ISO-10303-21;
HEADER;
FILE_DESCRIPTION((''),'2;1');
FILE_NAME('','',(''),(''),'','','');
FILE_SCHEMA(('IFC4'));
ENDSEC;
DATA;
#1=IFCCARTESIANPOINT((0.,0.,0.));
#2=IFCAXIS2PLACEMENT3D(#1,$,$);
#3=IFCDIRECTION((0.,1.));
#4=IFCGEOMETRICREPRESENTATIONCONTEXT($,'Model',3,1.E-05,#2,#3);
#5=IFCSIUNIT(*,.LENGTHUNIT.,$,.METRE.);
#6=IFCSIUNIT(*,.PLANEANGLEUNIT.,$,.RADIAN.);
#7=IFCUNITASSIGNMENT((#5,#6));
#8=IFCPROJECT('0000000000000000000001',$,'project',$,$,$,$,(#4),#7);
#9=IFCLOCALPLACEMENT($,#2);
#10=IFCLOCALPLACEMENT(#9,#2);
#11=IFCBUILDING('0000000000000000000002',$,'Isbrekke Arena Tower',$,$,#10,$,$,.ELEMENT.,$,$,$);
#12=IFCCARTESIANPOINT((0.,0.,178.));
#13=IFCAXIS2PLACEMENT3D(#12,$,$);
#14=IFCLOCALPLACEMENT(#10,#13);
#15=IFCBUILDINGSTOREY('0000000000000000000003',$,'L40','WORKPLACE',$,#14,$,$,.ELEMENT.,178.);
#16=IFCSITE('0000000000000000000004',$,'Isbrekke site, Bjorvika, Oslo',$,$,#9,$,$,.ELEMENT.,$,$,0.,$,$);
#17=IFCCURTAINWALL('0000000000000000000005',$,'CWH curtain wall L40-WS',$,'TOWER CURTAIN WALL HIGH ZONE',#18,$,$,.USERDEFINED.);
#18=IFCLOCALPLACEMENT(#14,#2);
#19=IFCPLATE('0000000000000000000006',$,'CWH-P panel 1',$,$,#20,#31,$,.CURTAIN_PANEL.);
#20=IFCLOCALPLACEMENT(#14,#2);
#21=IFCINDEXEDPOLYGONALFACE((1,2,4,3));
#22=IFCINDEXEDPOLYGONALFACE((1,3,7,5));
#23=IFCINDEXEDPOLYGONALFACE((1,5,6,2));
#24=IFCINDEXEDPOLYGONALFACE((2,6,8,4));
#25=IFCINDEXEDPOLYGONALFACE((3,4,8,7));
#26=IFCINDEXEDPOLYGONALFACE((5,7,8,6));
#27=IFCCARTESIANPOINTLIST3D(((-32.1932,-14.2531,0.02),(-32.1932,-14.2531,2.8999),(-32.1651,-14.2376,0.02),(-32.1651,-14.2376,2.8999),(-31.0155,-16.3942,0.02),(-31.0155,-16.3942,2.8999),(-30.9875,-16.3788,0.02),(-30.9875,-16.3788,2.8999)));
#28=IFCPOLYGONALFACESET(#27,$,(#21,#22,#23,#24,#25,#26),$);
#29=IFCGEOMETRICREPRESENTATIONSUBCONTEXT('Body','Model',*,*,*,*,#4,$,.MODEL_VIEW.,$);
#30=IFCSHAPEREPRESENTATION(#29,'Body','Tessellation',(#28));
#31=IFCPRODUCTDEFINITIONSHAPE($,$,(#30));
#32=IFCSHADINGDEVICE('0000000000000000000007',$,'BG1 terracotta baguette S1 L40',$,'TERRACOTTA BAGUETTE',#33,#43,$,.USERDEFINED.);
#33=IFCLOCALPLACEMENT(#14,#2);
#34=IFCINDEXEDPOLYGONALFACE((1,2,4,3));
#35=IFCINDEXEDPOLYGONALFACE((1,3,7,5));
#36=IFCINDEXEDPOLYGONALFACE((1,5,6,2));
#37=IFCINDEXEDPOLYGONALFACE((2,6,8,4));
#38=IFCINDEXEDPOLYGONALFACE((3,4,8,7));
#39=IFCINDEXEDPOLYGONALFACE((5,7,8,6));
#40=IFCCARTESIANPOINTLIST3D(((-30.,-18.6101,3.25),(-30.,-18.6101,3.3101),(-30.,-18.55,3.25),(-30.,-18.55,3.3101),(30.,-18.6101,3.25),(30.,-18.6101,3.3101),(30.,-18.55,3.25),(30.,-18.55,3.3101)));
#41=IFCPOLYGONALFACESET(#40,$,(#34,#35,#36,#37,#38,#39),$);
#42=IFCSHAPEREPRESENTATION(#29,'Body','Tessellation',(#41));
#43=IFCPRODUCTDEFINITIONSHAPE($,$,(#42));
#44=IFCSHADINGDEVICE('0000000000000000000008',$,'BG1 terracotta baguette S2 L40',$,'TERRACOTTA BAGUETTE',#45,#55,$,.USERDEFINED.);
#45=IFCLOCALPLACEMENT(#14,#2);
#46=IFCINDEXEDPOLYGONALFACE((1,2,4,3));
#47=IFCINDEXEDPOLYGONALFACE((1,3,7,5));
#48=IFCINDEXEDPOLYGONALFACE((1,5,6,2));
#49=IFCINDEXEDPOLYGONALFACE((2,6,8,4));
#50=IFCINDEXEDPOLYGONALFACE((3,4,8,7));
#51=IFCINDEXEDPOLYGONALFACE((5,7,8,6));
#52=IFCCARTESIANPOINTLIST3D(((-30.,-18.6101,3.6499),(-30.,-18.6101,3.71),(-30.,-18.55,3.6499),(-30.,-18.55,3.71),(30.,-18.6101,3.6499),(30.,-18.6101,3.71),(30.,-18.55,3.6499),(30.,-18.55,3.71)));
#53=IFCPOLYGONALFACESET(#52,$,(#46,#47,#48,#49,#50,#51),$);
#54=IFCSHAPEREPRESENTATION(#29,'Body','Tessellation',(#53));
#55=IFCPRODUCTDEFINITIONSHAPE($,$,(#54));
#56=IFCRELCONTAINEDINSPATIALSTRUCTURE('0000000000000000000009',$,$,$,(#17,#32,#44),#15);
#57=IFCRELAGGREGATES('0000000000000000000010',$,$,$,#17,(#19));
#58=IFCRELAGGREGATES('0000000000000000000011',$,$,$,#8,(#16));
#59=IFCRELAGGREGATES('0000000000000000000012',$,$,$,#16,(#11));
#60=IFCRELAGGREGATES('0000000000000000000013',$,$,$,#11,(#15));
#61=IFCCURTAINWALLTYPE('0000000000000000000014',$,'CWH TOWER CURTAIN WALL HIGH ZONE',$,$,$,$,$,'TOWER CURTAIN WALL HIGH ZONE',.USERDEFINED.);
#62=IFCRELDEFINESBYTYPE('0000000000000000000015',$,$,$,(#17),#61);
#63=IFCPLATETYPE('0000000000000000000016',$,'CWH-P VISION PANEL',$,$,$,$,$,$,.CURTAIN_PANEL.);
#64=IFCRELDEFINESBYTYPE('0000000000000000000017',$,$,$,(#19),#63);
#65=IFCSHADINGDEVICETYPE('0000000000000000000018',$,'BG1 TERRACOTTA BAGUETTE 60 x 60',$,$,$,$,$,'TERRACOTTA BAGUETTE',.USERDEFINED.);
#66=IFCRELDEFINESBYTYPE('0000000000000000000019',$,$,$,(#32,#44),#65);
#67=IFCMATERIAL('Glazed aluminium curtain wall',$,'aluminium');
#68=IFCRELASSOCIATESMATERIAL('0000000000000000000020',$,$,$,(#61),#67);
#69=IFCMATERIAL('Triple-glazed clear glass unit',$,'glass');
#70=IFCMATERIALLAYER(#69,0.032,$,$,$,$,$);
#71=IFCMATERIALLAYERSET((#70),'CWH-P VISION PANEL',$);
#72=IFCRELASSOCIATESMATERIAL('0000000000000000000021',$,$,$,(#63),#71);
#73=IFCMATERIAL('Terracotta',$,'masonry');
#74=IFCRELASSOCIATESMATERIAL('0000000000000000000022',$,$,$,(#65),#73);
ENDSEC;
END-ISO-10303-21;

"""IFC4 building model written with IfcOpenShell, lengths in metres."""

from ifc_helpers import new_model, si_unit, direction, frame, origin, origin_2d, place, context, subcontext, project, spatial, rectangle, extrude, material, layer, layer_set, material_profile, profile_set, type_object, element, aggregate, save


model = new_model("IFC4")

# Units and contexts
model_context = context("Model", 3, precision=1e-05, world=origin(), true_north=direction((0.0, 1.0)))
body_context = subcontext(model_context, "Body", "Model", "MODEL_VIEW")
ifc_project = project(units=[si_unit("LENGTHUNIT", "METRE"), si_unit("PLANEANGLEUNIT", "RADIAN")], contexts=[model_context])

# Site, building, storey
site_placement = place(None, origin())
site = spatial("IfcSite", under=ifc_project, at=site_placement, Name="Isbrekke site, Bjorvika, Oslo", CompositionType="ELEMENT", RefElevation=0.0)
building_placement = place(site_placement, origin())
building = spatial("IfcBuilding", under=site, at=building_placement, Name="Isbrekke Arena Tower", CompositionType="ELEMENT")
storey_placement = place(building_placement, frame((0.0, 0.0, 178.0)))
storey = spatial("IfcBuildingStorey", under=building, at=storey_placement, Name="L40", Description="WORKPLACE", CompositionType="ELEMENT", Elevation=178.0)

# Shared definitions
ifc_material_1 = material(Name="Glazed aluminium curtain wall", Category="aluminium")
curtain_wall_type = type_object("IfcCurtainWallType", Name="CWH TOWER CURTAIN WALL HIGH ZONE", ElementType="TOWER CURTAIN WALL HIGH ZONE", PredefinedType="USERDEFINED", material=ifc_material_1)

# Curtain wall
curtain_wall_1_placement = place(storey_placement, origin())
curtain_wall_1 = element("IfcCurtainWall", 1, at=curtain_wall_1_placement, inside=storey, type_object=curtain_wall_type, Name="CWH curtain wall L40-WS", ObjectType="TOWER CURTAIN WALL HIGH ZONE", PredefinedType="USERDEFINED")

# Plate
ifc_material_2 = material(Name="Triple-glazed clear glass unit", Category="glass")
ifc_layer = layer(ifc_material_2, 0.032)
ifc_layer_set = layer_set([ifc_layer], Name="CWH-P VISION PANEL")
plate_type = type_object("IfcPlateType", Name="CWH-P VISION PANEL", PredefinedType="CURTAIN_PANEL", material=ifc_layer_set)
plate_1_placement = place(storey_placement, frame((-31.5903, -15.3159, 0.02), z_axis=(0.0, 0.0, 1.0), x_axis=(0.481919, -0.876216, 0.0)))
plate_1 = element("IfcPlate", 2, at=plate_1_placement, type_object=plate_type, Name="CWH-P panel 1", PredefinedType="CURTAIN_PANEL", context=body_context, shape_type="SweptSolid", body=[
    extrude(rectangle(XDim=2.4436, YDim=0.032, at=origin_2d()), origin(), (0.0, 0.0, 1.0), 2.8799),
])
aggregate(curtain_wall_1, [plate_1])

# Shading devices
ifc_material_3 = material(Name="Terracotta", Category="masonry")
ifc_material_profile_1 = material_profile(ifc_material_3, rectangle(XDim=0.0601, YDim=0.0601, at=origin_2d()), Name="BAGUETTE 60X60")
ifc_profile_set_1 = profile_set([ifc_material_profile_1], Name="Terracotta")
shading_device_type = type_object("IfcShadingDeviceType", Name="BG1 TERRACOTTA BAGUETTE 60 x 60", ElementType="TERRACOTTA BAGUETTE", PredefinedType="USERDEFINED", material=ifc_profile_set_1)
for number, where, z_axis, x_axis, name in (
    (3, (-30.0, -18.5801, 3.28), (1.0, 0.0, 0.0), (0.0, 1.0, 0.0), "BG1 terracotta baguette S1 L40"),
    (4, (-30.0, -18.5801, 3.6799), (1.0, 0.0, 0.0), (0.0, 1.0, 0.0), "BG1 terracotta baguette S2 L40"),
):
    element("IfcShadingDevice", number, at=place(storey_placement, frame(where, z_axis=z_axis, x_axis=x_axis)), inside=storey, type_object=shading_device_type, Name=name, ObjectType="TERRACOTTA BAGUETTE", PredefinedType="USERDEFINED", context=body_context, shape_type="SweptSolid", body=[
        extrude(rectangle(XDim=0.0601, YDim=0.0601, at=origin_2d()), origin(), (0.0, 0.0, 1.0), 60.0),
    ])

save(model, "model.ifc")
